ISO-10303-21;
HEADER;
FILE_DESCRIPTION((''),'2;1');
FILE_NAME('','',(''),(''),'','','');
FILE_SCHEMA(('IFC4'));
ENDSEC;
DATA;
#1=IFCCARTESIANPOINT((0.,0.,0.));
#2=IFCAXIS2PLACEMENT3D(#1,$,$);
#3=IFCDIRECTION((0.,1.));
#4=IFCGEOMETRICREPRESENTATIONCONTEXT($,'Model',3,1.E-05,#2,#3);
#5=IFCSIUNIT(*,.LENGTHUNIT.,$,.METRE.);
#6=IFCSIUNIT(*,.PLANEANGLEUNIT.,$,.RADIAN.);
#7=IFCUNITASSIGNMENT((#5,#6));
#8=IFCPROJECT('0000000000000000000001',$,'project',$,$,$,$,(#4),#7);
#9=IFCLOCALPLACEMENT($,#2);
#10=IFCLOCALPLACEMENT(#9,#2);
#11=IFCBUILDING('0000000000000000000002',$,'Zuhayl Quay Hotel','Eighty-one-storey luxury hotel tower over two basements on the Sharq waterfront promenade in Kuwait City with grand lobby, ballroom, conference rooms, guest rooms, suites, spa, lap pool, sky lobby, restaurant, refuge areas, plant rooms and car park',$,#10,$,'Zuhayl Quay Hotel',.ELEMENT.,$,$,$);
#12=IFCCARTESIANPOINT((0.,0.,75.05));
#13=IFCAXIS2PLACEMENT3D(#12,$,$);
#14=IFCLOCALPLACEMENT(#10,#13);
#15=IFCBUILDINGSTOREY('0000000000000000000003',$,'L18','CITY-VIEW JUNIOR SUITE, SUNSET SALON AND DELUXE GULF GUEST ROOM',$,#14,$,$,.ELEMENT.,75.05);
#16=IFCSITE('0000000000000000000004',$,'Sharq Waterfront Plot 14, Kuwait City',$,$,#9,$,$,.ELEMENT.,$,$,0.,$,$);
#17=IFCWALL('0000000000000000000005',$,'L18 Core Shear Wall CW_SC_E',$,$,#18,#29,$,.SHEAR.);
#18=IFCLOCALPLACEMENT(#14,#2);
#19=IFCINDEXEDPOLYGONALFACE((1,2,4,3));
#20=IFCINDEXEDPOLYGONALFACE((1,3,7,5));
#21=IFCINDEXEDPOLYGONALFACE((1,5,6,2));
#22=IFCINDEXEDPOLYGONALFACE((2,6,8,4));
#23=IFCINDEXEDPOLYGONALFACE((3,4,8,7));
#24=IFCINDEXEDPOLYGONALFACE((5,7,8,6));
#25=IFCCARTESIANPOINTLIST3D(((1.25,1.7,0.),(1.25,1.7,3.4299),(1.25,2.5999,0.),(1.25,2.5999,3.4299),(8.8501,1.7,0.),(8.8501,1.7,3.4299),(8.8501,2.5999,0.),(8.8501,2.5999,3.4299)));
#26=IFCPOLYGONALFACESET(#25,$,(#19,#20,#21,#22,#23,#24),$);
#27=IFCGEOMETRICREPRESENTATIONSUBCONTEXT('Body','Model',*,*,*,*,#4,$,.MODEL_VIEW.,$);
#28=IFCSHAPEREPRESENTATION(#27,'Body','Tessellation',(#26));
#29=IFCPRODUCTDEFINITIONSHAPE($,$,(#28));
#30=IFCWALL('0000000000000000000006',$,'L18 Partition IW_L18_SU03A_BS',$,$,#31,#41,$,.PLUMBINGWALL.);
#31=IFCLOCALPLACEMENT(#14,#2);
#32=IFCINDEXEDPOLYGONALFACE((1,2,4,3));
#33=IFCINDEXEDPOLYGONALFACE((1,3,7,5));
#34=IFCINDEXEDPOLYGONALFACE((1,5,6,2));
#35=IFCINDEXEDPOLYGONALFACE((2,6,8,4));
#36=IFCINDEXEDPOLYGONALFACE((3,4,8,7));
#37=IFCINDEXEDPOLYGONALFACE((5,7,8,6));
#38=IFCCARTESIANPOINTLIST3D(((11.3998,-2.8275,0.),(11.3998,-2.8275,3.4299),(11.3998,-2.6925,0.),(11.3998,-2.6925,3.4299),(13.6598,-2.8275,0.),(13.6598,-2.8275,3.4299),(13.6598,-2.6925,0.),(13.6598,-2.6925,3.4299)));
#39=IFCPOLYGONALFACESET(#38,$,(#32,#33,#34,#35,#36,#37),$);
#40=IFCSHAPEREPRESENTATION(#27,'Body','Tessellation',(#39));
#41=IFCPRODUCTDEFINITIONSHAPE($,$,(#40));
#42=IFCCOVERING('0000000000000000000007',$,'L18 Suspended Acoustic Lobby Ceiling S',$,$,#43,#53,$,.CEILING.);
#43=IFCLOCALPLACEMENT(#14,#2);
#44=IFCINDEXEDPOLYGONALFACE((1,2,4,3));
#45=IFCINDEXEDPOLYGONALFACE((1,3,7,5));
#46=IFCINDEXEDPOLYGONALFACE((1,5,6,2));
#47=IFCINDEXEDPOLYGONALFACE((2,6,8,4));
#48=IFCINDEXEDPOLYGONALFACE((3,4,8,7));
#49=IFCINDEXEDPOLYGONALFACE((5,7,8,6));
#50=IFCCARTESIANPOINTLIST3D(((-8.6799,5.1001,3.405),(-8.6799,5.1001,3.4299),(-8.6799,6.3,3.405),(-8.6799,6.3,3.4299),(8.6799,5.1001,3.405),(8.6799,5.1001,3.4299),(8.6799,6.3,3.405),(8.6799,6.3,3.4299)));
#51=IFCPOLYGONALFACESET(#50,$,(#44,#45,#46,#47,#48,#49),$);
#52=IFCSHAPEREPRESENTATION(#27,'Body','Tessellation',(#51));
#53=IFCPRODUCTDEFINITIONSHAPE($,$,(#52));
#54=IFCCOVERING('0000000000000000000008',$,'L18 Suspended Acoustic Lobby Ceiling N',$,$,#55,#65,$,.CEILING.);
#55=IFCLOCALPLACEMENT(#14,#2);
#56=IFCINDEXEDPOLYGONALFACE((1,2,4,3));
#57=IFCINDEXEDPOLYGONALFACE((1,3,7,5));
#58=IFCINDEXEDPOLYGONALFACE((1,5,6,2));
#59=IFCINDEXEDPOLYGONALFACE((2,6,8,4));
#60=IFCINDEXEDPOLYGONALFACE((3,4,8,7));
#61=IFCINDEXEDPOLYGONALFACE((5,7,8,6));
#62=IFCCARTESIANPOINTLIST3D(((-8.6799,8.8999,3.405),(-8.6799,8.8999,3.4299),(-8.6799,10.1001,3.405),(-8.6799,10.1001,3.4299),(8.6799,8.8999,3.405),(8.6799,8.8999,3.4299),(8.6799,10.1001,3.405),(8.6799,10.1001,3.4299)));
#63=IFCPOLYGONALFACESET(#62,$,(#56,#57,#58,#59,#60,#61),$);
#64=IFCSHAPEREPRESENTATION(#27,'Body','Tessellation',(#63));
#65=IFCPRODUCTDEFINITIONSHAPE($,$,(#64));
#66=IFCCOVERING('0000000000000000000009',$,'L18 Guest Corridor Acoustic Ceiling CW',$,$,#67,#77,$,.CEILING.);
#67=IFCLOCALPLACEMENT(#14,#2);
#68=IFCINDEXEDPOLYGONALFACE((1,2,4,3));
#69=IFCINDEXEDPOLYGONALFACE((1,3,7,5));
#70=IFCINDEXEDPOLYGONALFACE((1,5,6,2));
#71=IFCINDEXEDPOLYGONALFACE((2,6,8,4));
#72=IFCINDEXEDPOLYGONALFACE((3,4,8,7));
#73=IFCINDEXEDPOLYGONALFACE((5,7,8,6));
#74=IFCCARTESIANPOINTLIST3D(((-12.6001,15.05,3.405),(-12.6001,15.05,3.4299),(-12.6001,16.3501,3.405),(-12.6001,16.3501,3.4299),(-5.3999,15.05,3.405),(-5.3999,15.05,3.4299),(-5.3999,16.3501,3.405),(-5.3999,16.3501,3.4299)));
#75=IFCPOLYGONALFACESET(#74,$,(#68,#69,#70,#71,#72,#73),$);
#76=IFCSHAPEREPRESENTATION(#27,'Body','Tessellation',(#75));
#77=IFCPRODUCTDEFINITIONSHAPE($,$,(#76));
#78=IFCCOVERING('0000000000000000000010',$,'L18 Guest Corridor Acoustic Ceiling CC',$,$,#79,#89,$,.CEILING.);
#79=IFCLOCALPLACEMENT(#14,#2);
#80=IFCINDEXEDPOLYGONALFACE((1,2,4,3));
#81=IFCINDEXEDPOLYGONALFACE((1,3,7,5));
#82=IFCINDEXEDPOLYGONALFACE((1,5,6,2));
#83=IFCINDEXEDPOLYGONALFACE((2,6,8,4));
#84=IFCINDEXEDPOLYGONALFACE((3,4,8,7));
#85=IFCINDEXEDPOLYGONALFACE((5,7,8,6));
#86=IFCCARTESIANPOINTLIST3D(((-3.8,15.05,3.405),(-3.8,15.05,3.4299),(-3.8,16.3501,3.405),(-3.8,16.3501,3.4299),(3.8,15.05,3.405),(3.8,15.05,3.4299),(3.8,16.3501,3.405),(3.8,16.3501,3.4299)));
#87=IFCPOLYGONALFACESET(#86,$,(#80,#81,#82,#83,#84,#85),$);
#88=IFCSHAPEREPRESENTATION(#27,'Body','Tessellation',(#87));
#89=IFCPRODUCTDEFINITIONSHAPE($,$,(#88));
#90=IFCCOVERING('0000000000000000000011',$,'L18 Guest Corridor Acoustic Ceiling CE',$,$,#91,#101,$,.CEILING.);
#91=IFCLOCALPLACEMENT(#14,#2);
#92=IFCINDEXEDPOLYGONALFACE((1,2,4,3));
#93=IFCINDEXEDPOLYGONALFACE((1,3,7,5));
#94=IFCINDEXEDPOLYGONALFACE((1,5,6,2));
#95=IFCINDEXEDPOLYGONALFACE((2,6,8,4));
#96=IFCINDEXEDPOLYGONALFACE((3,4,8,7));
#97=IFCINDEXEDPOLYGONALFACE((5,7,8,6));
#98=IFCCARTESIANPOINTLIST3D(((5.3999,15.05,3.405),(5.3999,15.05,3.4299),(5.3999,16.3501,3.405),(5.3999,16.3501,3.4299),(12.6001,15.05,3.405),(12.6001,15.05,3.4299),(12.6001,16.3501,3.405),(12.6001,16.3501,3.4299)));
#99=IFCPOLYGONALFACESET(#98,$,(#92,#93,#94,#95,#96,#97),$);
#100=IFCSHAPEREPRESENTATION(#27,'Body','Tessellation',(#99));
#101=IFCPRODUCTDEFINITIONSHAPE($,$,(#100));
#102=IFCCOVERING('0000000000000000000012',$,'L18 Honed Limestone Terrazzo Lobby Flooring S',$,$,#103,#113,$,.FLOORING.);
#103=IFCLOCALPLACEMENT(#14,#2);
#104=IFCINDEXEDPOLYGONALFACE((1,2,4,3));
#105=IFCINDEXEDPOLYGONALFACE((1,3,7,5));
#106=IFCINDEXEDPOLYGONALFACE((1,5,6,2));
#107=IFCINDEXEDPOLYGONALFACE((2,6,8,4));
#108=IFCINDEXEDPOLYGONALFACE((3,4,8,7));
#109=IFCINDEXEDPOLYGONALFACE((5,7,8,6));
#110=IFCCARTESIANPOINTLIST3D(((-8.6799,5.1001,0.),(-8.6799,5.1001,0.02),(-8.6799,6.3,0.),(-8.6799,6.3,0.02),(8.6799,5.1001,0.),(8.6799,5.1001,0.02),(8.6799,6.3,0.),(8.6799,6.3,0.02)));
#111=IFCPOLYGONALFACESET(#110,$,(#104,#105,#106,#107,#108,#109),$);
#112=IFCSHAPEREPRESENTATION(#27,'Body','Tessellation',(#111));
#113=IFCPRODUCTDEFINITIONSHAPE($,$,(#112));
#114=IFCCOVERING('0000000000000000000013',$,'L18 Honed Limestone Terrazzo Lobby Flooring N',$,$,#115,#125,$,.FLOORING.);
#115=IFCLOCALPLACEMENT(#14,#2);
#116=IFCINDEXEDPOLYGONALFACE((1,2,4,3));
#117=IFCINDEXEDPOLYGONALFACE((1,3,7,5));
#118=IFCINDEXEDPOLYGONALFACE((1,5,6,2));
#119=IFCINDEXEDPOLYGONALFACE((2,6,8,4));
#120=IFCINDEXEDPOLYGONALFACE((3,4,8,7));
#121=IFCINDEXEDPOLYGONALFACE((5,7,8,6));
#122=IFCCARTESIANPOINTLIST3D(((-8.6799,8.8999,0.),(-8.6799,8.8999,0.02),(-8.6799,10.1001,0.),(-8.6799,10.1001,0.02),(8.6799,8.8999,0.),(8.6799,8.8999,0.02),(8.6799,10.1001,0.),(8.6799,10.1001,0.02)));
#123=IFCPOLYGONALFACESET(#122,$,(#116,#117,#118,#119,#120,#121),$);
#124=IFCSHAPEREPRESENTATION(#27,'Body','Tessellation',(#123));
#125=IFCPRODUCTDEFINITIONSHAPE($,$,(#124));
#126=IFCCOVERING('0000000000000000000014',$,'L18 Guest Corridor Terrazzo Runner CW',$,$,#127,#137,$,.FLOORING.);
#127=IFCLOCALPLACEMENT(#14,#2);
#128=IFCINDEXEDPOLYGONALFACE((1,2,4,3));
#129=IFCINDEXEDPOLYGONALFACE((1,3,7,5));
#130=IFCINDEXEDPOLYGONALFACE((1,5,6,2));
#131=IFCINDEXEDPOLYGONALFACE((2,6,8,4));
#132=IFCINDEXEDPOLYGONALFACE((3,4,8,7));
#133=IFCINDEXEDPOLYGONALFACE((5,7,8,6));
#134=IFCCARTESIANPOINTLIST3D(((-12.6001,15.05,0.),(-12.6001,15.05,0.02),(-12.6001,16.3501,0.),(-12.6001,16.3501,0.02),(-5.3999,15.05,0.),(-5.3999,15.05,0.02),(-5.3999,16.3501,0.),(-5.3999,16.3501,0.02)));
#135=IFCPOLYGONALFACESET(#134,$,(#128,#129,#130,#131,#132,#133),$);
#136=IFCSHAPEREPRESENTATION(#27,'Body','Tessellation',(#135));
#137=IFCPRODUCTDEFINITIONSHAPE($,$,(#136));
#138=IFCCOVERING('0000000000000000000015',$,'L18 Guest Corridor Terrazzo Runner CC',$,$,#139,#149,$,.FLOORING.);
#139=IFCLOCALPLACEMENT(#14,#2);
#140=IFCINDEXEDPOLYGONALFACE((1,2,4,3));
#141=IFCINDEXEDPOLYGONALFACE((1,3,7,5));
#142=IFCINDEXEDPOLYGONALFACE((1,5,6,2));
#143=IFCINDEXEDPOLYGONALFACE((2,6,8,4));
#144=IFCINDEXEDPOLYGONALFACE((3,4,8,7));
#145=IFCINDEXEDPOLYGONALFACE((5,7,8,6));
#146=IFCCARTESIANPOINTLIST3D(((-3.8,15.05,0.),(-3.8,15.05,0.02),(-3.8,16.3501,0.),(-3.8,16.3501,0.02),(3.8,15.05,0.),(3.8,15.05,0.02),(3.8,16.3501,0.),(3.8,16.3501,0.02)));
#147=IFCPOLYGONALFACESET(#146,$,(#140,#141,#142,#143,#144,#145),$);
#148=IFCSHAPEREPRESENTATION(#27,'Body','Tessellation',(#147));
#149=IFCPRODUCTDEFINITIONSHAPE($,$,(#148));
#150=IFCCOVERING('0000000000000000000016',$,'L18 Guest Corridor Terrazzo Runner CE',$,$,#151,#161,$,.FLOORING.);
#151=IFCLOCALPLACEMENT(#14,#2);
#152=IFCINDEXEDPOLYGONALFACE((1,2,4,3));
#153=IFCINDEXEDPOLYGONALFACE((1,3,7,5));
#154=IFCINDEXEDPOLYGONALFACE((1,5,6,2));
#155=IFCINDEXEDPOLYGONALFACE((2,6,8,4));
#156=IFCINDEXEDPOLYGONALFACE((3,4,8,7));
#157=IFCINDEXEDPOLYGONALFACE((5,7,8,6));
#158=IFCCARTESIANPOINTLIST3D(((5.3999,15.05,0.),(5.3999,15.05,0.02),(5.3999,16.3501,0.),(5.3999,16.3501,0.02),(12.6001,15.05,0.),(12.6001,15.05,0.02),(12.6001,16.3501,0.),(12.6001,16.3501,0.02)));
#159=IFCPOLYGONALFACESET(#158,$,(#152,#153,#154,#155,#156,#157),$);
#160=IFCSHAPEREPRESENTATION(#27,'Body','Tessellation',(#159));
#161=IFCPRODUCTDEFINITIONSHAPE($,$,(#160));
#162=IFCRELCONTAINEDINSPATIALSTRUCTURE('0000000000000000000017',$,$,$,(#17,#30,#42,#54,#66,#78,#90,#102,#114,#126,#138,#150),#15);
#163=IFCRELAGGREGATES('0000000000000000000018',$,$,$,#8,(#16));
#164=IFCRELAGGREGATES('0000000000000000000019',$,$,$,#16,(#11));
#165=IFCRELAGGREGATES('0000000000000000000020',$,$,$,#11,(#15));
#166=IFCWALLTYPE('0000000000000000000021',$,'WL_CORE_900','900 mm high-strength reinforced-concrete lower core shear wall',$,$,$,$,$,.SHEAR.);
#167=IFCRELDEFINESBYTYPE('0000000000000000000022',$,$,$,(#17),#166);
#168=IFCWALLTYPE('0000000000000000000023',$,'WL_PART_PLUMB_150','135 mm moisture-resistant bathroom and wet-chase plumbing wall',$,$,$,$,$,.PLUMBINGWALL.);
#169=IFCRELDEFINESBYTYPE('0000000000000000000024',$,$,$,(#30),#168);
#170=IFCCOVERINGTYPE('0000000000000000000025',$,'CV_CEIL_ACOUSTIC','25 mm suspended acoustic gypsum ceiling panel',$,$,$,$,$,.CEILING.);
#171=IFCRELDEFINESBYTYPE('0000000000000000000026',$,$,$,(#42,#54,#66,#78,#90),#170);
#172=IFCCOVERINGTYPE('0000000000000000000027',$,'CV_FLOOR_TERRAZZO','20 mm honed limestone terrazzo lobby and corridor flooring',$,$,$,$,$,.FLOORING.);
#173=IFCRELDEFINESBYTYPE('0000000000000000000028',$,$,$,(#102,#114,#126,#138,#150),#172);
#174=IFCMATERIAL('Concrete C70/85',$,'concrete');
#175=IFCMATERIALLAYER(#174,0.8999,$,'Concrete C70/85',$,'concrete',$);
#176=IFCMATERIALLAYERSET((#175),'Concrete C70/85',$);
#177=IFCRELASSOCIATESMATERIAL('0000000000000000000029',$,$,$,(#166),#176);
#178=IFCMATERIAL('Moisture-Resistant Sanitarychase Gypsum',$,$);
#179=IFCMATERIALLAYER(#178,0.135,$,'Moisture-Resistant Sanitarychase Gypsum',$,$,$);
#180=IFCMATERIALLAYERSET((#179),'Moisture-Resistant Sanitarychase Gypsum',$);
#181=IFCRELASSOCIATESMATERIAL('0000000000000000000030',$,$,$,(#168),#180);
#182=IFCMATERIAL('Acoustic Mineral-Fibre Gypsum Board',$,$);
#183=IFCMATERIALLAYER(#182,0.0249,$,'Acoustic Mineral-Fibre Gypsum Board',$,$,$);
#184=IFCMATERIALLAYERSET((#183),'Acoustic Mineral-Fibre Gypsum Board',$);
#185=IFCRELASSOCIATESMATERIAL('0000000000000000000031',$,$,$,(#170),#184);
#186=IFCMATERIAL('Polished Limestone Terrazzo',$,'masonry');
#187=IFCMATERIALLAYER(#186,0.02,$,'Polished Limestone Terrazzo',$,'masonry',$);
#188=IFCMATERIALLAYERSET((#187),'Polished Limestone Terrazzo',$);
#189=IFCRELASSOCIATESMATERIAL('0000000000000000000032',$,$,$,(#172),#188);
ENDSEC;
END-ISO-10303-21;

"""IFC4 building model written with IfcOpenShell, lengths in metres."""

from ifc_helpers import new_model, si_unit, direction, frame, frame_2d, origin, place, context, subcontext, project, spatial, polyline, rectangle, outline, extrude, material, layer, layer_set, type_object, element, save


model = new_model("IFC4")

# Units and contexts
model_context = context("Model", 3, precision=1e-05, world=origin(), true_north=direction((0.0, 1.0)))
body_context = subcontext(model_context, "Body", "Model", "MODEL_VIEW")
ifc_project = project(units=[si_unit("LENGTHUNIT", "METRE"), si_unit("PLANEANGLEUNIT", "RADIAN")], contexts=[model_context])

# Site, building, storey
site_placement = place(None, origin())
site = spatial("IfcSite", under=ifc_project, at=site_placement, Name="Sharq Waterfront Plot 14, Kuwait City", CompositionType="ELEMENT", RefElevation=0.0)
building_placement = place(site_placement, origin())
building = spatial("IfcBuilding", under=site, at=building_placement, Name="Zuhayl Quay Hotel", Description="Eighty-one-storey luxury hotel tower over two basements on the Sharq waterfront promenade in Kuwait City with grand lobby, ballroom, conference rooms, guest rooms, suites, spa, lap pool, sky lobby, restaurant, refuge areas, plant rooms and car park", LongName="Zuhayl Quay Hotel", CompositionType="ELEMENT")
storey_placement = place(building_placement, frame((0.0, 0.0, 75.05)))
storey = spatial("IfcBuildingStorey", under=building, at=storey_placement, Name="L18", Description="CITY-VIEW JUNIOR SUITE, SUNSET SALON AND DELUXE GULF GUEST ROOM", CompositionType="ELEMENT", Elevation=75.05)

# Shared definitions
ifc_material_1 = material(Name="Concrete C70/85", Category="concrete")

# Walls
ifc_layer_1 = layer(ifc_material_1, 0.8999, Name="Concrete C70/85", Category="concrete")
ifc_layer_set_1 = layer_set([ifc_layer_1], Name="Concrete C70/85")
wall_type_1 = type_object("IfcWallType", Name="WL_CORE_900", Description="900 mm high-strength reinforced-concrete lower core shear wall", PredefinedType="SHEAR", material=ifc_layer_set_1)
wall_1_placement = place(storey_placement, frame((1.25, 2.1499, 0.0), z_axis=(0.0, 0.0, 1.0), x_axis=(1.0, 0.0, 0.0)))
element("IfcWall", 1, at=wall_1_placement, inside=storey, type_object=wall_type_1, Name="L18 Core Shear Wall CW_SC_E", PredefinedType="SHEAR", context=body_context, shape_type="SweptSolid", body=[
    extrude(rectangle(XDim=7.6001, YDim=0.8999, at=frame_2d((3.8, 0.0))), origin(), (0.0, 0.0, 1.0), 3.4299),
])
ifc_material_2 = material(Name="Moisture-Resistant Sanitarychase Gypsum")
ifc_layer_2 = layer(ifc_material_2, 0.135, Name="Moisture-Resistant Sanitarychase Gypsum")
ifc_layer_set_2 = layer_set([ifc_layer_2], Name="Moisture-Resistant Sanitarychase Gypsum")
wall_type_2 = type_object("IfcWallType", Name="WL_PART_PLUMB_150", Description="135 mm moisture-resistant bathroom and wet-chase plumbing wall", PredefinedType="PLUMBINGWALL", material=ifc_layer_set_2)
wall_2_placement = place(storey_placement, frame((11.3999, -2.76, 0.0), z_axis=(0.0, 0.0, 1.0), x_axis=(1.0, 0.0, 0.0)))
element("IfcWall", 2, at=wall_2_placement, inside=storey, type_object=wall_type_2, Name="L18 Partition IW_L18_SU03A_BS", PredefinedType="PLUMBINGWALL", context=body_context, shape_type="SweptSolid", body=[
    extrude(rectangle(XDim=2.26, YDim=0.135, at=frame_2d((1.1299, 0.0))), origin(), (0.0, 0.0, 1.0), 3.4299),
])

# Coverings
ifc_material_3 = material(Name="Acoustic Mineral-Fibre Gypsum Board")
ifc_layer_3 = layer(ifc_material_3, 0.0249, Name="Acoustic Mineral-Fibre Gypsum Board")
ifc_layer_set_3 = layer_set([ifc_layer_3], Name="Acoustic Mineral-Fibre Gypsum Board")
covering_type_1 = type_object("IfcCoveringType", Name="CV_CEIL_ACOUSTIC", Description="25 mm suspended acoustic gypsum ceiling panel", PredefinedType="CEILING", material=ifc_layer_set_3)
covering_1_placement = place(storey_placement, frame((0.0, 0.0, 3.405)))
element("IfcCovering", 3, at=covering_1_placement, inside=storey, type_object=covering_type_1, Name="L18 Suspended Acoustic Lobby Ceiling S", PredefinedType="CEILING", context=body_context, shape_type="SweptSolid", body=[
    extrude(outline(polyline([(-8.6799, 5.1001), (8.6799, 5.1001), (8.6799, 6.3), (-8.6799, 6.3), (-8.6799, 5.1001)])), origin(), (0.0, 0.0, 1.0), 0.0249),
])
covering_2_placement = place(storey_placement, frame((0.0, 0.0, 3.405)))
element("IfcCovering", 4, at=covering_2_placement, inside=storey, type_object=covering_type_1, Name="L18 Suspended Acoustic Lobby Ceiling N", PredefinedType="CEILING", context=body_context, shape_type="SweptSolid", body=[
    extrude(outline(polyline([(-8.6799, 8.8999), (8.6799, 8.8999), (8.6799, 10.1001), (-8.6799, 10.1001), (-8.6799, 8.8999)])), origin(), (0.0, 0.0, 1.0), 0.0249),
])
covering_3_placement = place(storey_placement, frame((0.0, 0.0, 3.405)))
element("IfcCovering", 5, at=covering_3_placement, inside=storey, type_object=covering_type_1, Name="L18 Guest Corridor Acoustic Ceiling CW", PredefinedType="CEILING", context=body_context, shape_type="SweptSolid", body=[
    extrude(outline(polyline([(-12.6001, 15.05), (-5.3999, 15.05), (-5.3999, 16.3501), (-12.6001, 16.3501), (-12.6001, 15.05)])), origin(), (0.0, 0.0, 1.0), 0.0249),
])
covering_4_placement = place(storey_placement, frame((0.0, 0.0, 3.405)))
element("IfcCovering", 6, at=covering_4_placement, inside=storey, type_object=covering_type_1, Name="L18 Guest Corridor Acoustic Ceiling CC", PredefinedType="CEILING", context=body_context, shape_type="SweptSolid", body=[
    extrude(outline(polyline([(-3.8, 15.05), (3.8, 15.05), (3.8, 16.3501), (-3.8, 16.3501), (-3.8, 15.05)])), origin(), (0.0, 0.0, 1.0), 0.0249),
])
covering_5_placement = place(storey_placement, frame((0.0, 0.0, 3.405)))
element("IfcCovering", 7, at=covering_5_placement, inside=storey, type_object=covering_type_1, Name="L18 Guest Corridor Acoustic Ceiling CE", PredefinedType="CEILING", context=body_context, shape_type="SweptSolid", body=[
    extrude(outline(polyline([(5.3999, 15.05), (12.6001, 15.05), (12.6001, 16.3501), (5.3999, 16.3501), (5.3999, 15.05)])), origin(), (0.0, 0.0, 1.0), 0.0249),
])
ifc_material_4 = material(Name="Polished Limestone Terrazzo", Category="masonry")
ifc_layer_4 = layer(ifc_material_4, 0.02, Name="Polished Limestone Terrazzo", Category="masonry")
ifc_layer_set_4 = layer_set([ifc_layer_4], Name="Polished Limestone Terrazzo")
covering_type_2 = type_object("IfcCoveringType", Name="CV_FLOOR_TERRAZZO", Description="20 mm honed limestone terrazzo lobby and corridor flooring", PredefinedType="FLOORING", material=ifc_layer_set_4)
covering_6_placement = place(storey_placement, origin())
element("IfcCovering", 8, at=covering_6_placement, inside=storey, type_object=covering_type_2, Name="L18 Honed Limestone Terrazzo Lobby Flooring S", PredefinedType="FLOORING", context=body_context, shape_type="SweptSolid", body=[
    extrude(outline(polyline([(-8.6799, 5.1001), (8.6799, 5.1001), (8.6799, 6.3), (-8.6799, 6.3), (-8.6799, 5.1001)])), origin(), (0.0, 0.0, 1.0), 0.02),
])
covering_7_placement = place(storey_placement, origin())
element("IfcCovering", 9, at=covering_7_placement, inside=storey, type_object=covering_type_2, Name="L18 Honed Limestone Terrazzo Lobby Flooring N", PredefinedType="FLOORING", context=body_context, shape_type="SweptSolid", body=[
    extrude(outline(polyline([(-8.6799, 8.8999), (8.6799, 8.8999), (8.6799, 10.1001), (-8.6799, 10.1001), (-8.6799, 8.8999)])), origin(), (0.0, 0.0, 1.0), 0.02),
])
covering_8_placement = place(storey_placement, origin())
element("IfcCovering", 10, at=covering_8_placement, inside=storey, type_object=covering_type_2, Name="L18 Guest Corridor Terrazzo Runner CW", PredefinedType="FLOORING", context=body_context, shape_type="SweptSolid", body=[
    extrude(outline(polyline([(-12.6001, 15.05), (-5.3999, 15.05), (-5.3999, 16.3501), (-12.6001, 16.3501), (-12.6001, 15.05)])), origin(), (0.0, 0.0, 1.0), 0.02),
])
covering_9_placement = place(storey_placement, origin())
element("IfcCovering", 11, at=covering_9_placement, inside=storey, type_object=covering_type_2, Name="L18 Guest Corridor Terrazzo Runner CC", PredefinedType="FLOORING", context=body_context, shape_type="SweptSolid", body=[
    extrude(outline(polyline([(-3.8, 15.05), (3.8, 15.05), (3.8, 16.3501), (-3.8, 16.3501), (-3.8, 15.05)])), origin(), (0.0, 0.0, 1.0), 0.02),
])
covering_10_placement = place(storey_placement, origin())
element("IfcCovering", 12, at=covering_10_placement, inside=storey, type_object=covering_type_2, Name="L18 Guest Corridor Terrazzo Runner CE", PredefinedType="FLOORING", context=body_context, shape_type="SweptSolid", body=[
    extrude(outline(polyline([(5.3999, 15.05), (12.6001, 15.05), (12.6001, 16.3501), (5.3999, 16.3501), (5.3999, 15.05)])), origin(), (0.0, 0.0, 1.0), 0.02),
])

save(model, "model.ifc")
